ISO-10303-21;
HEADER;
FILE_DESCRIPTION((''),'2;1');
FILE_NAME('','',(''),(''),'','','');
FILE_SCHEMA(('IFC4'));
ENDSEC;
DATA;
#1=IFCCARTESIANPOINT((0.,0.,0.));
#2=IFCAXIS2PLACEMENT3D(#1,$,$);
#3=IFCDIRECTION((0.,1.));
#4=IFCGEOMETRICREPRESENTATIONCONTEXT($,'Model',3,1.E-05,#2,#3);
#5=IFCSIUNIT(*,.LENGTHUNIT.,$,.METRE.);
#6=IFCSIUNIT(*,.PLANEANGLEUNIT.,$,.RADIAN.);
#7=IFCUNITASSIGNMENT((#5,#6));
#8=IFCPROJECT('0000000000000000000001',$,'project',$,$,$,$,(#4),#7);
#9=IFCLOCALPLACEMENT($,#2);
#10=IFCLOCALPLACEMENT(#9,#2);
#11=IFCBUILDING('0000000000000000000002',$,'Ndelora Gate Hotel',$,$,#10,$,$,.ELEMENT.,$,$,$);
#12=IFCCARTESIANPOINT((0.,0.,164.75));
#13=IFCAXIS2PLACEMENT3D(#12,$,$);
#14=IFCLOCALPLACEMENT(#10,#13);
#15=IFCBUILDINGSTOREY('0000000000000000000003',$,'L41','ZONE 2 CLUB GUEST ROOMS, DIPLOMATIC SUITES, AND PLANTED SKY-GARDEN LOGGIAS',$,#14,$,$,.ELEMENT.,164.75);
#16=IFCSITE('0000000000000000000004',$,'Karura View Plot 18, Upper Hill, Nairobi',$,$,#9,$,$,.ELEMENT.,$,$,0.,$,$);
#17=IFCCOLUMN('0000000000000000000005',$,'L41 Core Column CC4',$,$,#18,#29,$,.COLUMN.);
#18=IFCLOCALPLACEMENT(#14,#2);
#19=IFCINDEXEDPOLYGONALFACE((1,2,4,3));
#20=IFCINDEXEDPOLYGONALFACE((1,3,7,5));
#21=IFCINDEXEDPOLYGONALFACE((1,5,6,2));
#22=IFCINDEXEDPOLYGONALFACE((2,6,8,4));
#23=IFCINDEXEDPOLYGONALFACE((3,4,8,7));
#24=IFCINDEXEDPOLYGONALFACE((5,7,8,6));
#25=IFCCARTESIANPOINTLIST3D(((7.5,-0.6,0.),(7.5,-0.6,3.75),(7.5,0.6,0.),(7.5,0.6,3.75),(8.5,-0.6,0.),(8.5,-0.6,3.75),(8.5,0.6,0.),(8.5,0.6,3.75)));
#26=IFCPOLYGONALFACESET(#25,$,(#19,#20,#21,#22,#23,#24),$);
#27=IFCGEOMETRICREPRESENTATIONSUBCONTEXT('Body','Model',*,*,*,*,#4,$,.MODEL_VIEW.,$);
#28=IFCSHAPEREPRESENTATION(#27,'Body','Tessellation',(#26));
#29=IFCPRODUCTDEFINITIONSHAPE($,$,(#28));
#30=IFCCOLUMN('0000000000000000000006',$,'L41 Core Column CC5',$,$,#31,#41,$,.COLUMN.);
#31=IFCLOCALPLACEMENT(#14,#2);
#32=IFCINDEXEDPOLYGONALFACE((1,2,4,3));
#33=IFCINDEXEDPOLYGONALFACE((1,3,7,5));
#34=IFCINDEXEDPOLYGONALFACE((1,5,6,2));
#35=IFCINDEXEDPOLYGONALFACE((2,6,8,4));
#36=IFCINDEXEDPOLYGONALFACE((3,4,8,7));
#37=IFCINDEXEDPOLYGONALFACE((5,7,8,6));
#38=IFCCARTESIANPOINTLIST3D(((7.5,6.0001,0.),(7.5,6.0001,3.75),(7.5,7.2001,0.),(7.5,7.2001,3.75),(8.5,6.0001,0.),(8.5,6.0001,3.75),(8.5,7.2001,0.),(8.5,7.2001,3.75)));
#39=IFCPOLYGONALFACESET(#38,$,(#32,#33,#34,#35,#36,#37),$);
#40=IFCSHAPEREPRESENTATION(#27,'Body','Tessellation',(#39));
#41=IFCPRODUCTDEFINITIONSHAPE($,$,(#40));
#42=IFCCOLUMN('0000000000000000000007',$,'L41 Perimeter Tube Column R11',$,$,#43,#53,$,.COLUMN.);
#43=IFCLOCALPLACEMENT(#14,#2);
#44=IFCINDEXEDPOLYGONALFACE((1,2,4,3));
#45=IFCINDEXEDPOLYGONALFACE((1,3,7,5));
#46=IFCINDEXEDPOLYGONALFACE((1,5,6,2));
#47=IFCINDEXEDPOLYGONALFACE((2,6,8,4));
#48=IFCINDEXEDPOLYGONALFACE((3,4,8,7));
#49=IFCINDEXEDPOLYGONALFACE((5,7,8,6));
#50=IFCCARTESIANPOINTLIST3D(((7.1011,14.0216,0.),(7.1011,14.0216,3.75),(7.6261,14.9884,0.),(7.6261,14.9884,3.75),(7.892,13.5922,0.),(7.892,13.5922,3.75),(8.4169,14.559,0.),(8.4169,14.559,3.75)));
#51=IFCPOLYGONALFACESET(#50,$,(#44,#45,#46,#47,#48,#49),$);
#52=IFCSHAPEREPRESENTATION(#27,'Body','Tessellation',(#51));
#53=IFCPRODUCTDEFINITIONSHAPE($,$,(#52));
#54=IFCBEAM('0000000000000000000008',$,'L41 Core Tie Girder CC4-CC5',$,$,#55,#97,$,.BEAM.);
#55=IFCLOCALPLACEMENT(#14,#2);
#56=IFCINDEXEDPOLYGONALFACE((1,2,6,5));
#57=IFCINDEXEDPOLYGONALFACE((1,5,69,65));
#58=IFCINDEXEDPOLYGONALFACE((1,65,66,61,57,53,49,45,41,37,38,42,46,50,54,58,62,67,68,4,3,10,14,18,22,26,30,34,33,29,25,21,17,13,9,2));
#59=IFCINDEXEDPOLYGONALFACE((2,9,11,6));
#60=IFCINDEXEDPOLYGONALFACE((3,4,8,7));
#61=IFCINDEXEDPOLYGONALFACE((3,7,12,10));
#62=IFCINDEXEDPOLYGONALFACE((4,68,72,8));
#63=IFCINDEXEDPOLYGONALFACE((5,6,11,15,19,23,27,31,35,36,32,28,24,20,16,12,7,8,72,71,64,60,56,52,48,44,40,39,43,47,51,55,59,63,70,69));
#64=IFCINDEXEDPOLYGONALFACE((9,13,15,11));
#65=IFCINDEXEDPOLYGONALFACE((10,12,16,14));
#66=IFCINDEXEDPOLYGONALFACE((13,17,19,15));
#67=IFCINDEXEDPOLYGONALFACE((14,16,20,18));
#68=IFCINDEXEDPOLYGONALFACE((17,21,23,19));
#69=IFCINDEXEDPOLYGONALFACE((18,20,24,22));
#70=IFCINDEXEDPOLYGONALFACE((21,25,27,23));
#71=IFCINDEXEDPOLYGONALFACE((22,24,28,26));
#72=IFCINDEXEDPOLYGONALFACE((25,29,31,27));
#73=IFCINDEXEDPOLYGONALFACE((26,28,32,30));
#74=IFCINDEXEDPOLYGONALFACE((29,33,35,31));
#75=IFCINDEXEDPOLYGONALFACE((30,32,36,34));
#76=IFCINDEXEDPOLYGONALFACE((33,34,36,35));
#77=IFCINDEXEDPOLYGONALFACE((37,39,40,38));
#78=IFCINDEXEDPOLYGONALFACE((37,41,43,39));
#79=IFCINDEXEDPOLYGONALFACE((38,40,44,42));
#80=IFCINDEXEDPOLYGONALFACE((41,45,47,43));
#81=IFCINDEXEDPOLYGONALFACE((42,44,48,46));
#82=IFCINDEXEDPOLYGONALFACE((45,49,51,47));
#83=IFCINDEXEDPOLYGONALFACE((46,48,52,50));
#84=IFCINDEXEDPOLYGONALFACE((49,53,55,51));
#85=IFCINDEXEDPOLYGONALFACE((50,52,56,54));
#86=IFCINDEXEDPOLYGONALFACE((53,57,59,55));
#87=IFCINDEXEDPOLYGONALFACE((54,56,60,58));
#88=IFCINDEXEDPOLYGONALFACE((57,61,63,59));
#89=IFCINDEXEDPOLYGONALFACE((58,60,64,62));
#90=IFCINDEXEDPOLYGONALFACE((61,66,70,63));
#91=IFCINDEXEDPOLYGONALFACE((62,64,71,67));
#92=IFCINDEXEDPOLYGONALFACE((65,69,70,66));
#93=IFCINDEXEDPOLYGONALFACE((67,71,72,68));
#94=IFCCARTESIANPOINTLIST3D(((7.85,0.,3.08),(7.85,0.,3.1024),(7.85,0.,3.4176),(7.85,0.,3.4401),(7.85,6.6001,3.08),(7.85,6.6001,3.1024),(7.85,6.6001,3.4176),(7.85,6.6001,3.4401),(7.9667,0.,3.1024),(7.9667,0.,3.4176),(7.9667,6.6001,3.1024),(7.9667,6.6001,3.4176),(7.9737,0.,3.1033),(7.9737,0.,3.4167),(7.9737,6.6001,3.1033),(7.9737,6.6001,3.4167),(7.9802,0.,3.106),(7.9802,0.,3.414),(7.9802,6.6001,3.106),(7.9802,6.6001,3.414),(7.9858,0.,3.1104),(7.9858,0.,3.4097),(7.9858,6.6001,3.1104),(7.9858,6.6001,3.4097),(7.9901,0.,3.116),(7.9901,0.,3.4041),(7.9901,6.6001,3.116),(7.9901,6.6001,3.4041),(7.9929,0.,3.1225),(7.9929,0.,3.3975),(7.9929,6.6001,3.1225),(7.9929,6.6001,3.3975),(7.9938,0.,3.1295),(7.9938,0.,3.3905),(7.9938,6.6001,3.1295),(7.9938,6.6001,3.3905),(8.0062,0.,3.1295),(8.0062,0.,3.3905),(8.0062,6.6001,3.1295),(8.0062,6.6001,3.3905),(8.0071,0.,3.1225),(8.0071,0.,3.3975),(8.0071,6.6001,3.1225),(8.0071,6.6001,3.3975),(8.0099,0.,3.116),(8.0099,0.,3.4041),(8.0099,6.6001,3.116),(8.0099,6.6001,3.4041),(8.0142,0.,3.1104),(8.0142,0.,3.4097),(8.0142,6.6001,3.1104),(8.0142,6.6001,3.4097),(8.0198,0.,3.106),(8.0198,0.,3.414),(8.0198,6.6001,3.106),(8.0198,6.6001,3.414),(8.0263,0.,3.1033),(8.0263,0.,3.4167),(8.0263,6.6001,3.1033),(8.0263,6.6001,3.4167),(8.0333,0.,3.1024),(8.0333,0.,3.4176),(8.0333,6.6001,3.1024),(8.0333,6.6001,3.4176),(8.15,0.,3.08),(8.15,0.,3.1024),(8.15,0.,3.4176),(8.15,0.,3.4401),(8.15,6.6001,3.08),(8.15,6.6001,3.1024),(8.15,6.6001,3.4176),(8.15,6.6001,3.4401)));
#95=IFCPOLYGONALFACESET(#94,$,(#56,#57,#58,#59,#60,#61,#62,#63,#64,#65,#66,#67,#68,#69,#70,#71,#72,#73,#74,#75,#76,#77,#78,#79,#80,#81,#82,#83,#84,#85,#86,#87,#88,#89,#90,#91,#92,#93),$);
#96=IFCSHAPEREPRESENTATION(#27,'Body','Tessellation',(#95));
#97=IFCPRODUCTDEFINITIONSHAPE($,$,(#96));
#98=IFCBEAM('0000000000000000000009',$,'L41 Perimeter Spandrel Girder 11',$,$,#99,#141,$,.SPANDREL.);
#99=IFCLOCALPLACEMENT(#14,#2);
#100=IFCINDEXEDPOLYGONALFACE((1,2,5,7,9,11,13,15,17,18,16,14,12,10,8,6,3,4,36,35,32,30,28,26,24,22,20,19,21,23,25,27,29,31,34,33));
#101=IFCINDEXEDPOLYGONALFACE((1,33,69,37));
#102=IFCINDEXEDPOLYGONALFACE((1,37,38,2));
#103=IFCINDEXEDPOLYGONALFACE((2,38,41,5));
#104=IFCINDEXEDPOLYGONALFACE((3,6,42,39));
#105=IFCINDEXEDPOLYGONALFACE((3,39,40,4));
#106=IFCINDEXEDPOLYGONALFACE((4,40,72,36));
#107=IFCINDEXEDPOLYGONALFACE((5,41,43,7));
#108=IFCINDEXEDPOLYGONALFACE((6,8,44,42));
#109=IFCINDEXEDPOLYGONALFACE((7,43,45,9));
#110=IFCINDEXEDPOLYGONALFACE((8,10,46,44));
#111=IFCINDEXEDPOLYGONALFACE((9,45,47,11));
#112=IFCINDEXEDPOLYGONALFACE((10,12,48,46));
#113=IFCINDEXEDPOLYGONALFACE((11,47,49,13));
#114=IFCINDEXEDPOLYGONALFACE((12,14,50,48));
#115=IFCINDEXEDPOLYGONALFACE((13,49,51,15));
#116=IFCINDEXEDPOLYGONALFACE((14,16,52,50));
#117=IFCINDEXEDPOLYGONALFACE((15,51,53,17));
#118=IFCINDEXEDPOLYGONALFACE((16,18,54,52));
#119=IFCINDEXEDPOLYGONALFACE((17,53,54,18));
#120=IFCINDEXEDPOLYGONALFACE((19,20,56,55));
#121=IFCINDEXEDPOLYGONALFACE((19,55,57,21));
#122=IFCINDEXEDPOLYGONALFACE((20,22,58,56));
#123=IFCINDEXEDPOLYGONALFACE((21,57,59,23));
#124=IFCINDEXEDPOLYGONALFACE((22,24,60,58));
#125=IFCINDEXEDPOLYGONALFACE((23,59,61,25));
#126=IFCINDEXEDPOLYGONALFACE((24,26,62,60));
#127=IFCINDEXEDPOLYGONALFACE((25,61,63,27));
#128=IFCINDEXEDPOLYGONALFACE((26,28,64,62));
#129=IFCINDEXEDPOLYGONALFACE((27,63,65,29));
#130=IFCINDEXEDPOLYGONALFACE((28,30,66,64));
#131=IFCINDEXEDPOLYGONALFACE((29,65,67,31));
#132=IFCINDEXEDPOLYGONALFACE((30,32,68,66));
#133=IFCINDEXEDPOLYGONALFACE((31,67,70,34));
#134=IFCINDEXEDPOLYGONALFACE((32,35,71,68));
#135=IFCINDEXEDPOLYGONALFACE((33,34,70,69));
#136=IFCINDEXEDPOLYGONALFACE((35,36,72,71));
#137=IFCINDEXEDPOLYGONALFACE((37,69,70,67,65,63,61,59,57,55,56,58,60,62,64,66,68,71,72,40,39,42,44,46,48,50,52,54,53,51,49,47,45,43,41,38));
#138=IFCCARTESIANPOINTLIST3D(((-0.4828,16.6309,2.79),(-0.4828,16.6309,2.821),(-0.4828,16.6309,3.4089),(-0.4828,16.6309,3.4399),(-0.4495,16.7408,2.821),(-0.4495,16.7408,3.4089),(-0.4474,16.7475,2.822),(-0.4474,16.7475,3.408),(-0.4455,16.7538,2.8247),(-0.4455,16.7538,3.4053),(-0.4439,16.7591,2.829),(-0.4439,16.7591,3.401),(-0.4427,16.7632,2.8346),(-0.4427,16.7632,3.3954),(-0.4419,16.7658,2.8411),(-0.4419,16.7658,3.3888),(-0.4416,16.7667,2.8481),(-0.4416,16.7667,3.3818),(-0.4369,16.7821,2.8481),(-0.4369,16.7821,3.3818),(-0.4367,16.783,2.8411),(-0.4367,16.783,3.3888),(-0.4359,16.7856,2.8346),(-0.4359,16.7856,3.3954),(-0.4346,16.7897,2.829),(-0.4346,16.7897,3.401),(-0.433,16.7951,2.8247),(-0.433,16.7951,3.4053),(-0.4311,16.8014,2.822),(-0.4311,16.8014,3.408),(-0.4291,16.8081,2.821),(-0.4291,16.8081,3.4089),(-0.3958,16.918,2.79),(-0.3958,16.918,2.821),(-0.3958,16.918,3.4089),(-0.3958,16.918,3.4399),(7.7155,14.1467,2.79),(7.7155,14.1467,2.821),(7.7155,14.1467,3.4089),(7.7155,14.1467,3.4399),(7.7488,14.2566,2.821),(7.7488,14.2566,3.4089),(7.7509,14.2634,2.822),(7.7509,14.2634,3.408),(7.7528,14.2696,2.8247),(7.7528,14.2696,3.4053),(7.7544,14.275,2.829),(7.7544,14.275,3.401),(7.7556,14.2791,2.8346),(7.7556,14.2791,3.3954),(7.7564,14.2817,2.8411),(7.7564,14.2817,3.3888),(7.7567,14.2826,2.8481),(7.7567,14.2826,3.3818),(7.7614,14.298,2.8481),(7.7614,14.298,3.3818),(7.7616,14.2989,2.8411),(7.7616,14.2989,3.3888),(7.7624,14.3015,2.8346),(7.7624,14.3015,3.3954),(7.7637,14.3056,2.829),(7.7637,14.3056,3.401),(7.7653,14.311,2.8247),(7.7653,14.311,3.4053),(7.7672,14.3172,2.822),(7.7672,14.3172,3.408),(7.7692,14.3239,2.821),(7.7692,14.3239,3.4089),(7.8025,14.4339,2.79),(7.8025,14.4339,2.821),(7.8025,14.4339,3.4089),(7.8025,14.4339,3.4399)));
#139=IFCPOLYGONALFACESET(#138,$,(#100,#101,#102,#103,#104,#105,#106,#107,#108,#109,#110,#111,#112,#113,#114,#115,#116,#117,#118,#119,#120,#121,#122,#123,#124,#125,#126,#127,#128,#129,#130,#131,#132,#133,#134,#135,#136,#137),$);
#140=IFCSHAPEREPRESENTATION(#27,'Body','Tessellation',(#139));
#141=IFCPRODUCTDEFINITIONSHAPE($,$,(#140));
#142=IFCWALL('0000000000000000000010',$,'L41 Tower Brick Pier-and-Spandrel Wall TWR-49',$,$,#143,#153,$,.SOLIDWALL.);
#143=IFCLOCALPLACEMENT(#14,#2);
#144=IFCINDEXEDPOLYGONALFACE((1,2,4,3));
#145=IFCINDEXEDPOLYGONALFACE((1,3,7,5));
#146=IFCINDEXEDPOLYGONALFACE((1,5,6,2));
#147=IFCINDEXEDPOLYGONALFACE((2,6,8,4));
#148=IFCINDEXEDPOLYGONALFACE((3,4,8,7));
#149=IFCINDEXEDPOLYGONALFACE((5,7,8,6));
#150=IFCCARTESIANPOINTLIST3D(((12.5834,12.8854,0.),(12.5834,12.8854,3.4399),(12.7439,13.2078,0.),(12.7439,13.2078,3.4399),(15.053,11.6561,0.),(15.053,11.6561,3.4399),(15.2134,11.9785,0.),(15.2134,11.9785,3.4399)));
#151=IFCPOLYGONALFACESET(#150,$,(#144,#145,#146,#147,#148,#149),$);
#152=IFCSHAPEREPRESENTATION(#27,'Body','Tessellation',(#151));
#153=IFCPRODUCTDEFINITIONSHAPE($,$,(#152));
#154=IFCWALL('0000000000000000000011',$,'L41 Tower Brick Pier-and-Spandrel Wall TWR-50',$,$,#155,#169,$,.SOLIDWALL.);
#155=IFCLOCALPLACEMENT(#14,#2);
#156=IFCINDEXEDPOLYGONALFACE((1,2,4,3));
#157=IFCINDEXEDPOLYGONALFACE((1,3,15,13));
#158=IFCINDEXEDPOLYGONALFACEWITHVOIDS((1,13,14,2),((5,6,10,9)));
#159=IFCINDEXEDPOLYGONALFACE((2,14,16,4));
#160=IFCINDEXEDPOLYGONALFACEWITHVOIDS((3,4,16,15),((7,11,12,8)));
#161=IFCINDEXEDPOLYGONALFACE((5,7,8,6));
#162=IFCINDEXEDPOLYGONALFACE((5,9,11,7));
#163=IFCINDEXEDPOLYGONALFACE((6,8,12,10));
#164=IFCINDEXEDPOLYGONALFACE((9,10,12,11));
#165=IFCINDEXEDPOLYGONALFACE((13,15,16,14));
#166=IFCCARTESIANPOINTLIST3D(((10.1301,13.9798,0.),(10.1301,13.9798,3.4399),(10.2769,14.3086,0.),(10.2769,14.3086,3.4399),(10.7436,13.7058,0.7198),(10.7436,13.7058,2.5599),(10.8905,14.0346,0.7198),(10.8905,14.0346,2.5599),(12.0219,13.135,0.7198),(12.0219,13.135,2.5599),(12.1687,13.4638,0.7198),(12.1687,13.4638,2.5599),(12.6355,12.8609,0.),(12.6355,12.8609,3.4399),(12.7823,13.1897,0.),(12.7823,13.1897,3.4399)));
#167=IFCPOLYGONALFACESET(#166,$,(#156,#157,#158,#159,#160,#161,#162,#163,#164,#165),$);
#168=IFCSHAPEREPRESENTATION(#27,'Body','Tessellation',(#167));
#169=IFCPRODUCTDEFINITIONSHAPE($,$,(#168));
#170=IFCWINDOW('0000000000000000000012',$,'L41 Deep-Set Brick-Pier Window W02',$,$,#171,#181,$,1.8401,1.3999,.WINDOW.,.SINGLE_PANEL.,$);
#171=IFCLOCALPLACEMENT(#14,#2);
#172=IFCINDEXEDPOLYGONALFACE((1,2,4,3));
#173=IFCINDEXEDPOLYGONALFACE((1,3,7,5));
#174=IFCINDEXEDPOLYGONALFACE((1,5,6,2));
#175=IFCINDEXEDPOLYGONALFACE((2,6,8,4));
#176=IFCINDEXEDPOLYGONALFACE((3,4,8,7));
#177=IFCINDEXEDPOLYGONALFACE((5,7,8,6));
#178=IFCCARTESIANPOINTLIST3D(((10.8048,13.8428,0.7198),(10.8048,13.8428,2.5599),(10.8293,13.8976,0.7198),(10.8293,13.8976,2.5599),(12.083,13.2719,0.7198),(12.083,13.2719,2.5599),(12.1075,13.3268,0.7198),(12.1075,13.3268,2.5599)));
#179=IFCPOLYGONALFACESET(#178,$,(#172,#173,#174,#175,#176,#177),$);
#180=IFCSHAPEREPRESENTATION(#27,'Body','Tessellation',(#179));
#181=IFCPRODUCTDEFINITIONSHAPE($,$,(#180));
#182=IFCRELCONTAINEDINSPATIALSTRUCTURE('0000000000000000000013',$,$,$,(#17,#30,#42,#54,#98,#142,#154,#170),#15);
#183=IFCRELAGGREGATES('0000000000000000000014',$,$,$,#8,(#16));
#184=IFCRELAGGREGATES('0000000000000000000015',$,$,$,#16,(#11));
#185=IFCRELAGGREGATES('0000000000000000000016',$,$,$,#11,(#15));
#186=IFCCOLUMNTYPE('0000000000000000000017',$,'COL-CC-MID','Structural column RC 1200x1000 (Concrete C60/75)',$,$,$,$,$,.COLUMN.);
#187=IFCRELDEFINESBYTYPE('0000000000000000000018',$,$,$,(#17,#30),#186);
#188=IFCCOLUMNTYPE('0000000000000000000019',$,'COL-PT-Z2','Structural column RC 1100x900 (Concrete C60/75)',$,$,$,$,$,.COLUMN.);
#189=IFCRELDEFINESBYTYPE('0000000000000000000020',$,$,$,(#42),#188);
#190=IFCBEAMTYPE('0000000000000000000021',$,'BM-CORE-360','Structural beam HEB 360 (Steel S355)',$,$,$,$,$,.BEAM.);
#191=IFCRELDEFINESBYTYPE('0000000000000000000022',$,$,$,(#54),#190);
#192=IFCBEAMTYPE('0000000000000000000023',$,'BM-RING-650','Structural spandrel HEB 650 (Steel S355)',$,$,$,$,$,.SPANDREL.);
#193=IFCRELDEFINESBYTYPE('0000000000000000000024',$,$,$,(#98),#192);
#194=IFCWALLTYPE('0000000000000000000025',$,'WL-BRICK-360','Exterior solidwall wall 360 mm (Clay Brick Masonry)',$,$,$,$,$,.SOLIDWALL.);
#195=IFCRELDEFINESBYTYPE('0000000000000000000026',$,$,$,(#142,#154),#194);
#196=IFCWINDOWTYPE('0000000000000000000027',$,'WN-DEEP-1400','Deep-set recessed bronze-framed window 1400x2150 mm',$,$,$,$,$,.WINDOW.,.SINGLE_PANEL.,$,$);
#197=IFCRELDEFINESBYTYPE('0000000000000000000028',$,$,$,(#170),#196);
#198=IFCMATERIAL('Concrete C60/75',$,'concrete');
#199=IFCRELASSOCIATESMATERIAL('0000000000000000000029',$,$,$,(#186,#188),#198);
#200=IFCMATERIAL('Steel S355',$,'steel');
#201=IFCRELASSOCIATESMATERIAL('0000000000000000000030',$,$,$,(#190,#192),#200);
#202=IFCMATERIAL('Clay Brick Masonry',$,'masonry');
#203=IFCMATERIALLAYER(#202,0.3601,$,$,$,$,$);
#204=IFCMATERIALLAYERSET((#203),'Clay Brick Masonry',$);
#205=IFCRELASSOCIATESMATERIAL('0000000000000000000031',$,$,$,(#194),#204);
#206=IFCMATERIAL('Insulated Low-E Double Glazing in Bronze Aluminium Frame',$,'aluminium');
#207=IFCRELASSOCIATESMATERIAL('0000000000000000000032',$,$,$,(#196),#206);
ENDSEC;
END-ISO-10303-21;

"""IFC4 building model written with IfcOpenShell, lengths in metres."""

from ifc_helpers import new_model, si_unit, direction, frame, frame_2d, origin, origin_2d, place, context, subcontext, project, spatial, rectangle, i_section, extrude, material, layer, layer_set, material_profile, profile_set, type_object, element, fill, save


model = new_model("IFC4")

# Units and contexts
model_context = context("Model", 3, precision=1e-05, world=origin(), true_north=direction((0.0, 1.0)))
body_context = subcontext(model_context, "Body", "Model", "MODEL_VIEW")
ifc_project = project(units=[si_unit("LENGTHUNIT", "METRE"), si_unit("PLANEANGLEUNIT", "RADIAN")], contexts=[model_context])

# Site, building, storey
site_placement = place(None, origin())
site = spatial("IfcSite", under=ifc_project, at=site_placement, Name="Karura View Plot 18, Upper Hill, Nairobi", CompositionType="ELEMENT", RefElevation=0.0)
building_placement = place(site_placement, origin())
building = spatial("IfcBuilding", under=site, at=building_placement, Name="Ndelora Gate Hotel", CompositionType="ELEMENT")
storey_placement = place(building_placement, frame((0.0, 0.0, 164.75)))
storey = spatial("IfcBuildingStorey", under=building, at=storey_placement, Name="L41", Description="ZONE 2 CLUB GUEST ROOMS, DIPLOMATIC SUITES, AND PLANTED SKY-GARDEN LOGGIAS", CompositionType="ELEMENT", Elevation=164.75)

# Columns
ifc_material_1 = material(Name="Concrete C60/75", Category="concrete")
ifc_material_profile_1 = material_profile(ifc_material_1, rectangle(XDim=1.0, YDim=1.2, at=origin_2d()), Name="RC 1200x1000")
ifc_profile_set_1 = profile_set([ifc_material_profile_1], Name="Concrete C60/75")
column_type_1 = type_object("IfcColumnType", Name="COL-CC-MID", Description="Structural column RC 1200x1000 (Concrete C60/75)", PredefinedType="COLUMN", material=ifc_profile_set_1)
for number, where, z_axis, x_axis, name in (
    (1, (8.0, 0.0, 0.0), (0.0, 0.0, 1.0), (1.0, 0.0, 0.0), "L41 Core Column CC4"),
    (2, (8.0, 6.6001, 0.0), (0.0, 0.0, 1.0), (1.0, 0.0, 0.0), "L41 Core Column CC5"),
):
    element("IfcColumn", number, at=place(storey_placement, frame(where, z_axis=z_axis, x_axis=x_axis)), inside=storey, type_object=column_type_1, Name=name, PredefinedType="COLUMN", context=body_context, shape_type="SweptSolid", body=[
        extrude(rectangle(XDim=1.0, YDim=1.2, at=origin_2d()), origin(), (0.0, 0.0, 1.0), 3.75),
    ])
ifc_material_profile_2 = material_profile(ifc_material_1, rectangle(XDim=0.8999, YDim=1.1001, at=origin_2d()), Name="RC 1100x900")
ifc_profile_set_2 = profile_set([ifc_material_profile_2], Name="Concrete C60/75")
column_type_2 = type_object("IfcColumnType", Name="COL-PT-Z2", Description="Structural column RC 1100x900 (Concrete C60/75)", PredefinedType="COLUMN", material=ifc_profile_set_2)
column_placement = place(storey_placement, frame((7.759, 14.2903, 0.0), z_axis=(0.0, 0.0, 1.0), x_axis=(-0.878817, 0.477159, 0.0)))
element("IfcColumn", 3, at=column_placement, inside=storey, type_object=column_type_2, Name="L41 Perimeter Tube Column R11", PredefinedType="COLUMN", context=body_context, shape_type="SweptSolid", body=[
    extrude(rectangle(XDim=0.8999, YDim=1.1001, at=origin_2d()), origin(), (0.0, 0.0, 1.0), 3.75),
])

# Beams
ifc_material_2 = material(Name="Steel S355", Category="steel")
ifc_material_profile_3 = material_profile(ifc_material_2, i_section(OverallWidth=0.3, OverallDepth=0.3601, WebThickness=0.0125, FlangeThickness=0.0225, FilletRadius=0.0271, at=origin_2d()), Name="HEB 360")
ifc_profile_set_3 = profile_set([ifc_material_profile_3], Name="Steel S355")
beam_type_1 = type_object("IfcBeamType", Name="BM-CORE-360", Description="Structural beam HEB 360 (Steel S355)", PredefinedType="BEAM", material=ifc_profile_set_3)
beam_1_placement = place(storey_placement, frame((8.0, 0.0, 3.26), z_axis=(0.0, 1.0, 0.0), x_axis=(-1.0, 0.0, 0.0)))
element("IfcBeam", 4, at=beam_1_placement, inside=storey, type_object=beam_type_1, Name="L41 Core Tie Girder CC4-CC5", PredefinedType="BEAM", context=body_context, shape_type="SweptSolid", body=[
    extrude(i_section(OverallWidth=0.3, OverallDepth=0.3601, WebThickness=0.0125, FlangeThickness=0.0225, FilletRadius=0.0271, at=origin_2d()), origin(), (0.0, 0.0, 1.0), 6.6001),
])
ifc_material_profile_4 = material_profile(ifc_material_2, i_section(OverallWidth=0.3, OverallDepth=0.6499, WebThickness=0.0161, FlangeThickness=0.031, FilletRadius=0.0271, at=origin_2d()), Name="HEB 650")
ifc_profile_set_4 = profile_set([ifc_material_profile_4], Name="Steel S355")
beam_type_2 = type_object("IfcBeamType", Name="BM-RING-650", Description="Structural spandrel HEB 650 (Steel S355)", PredefinedType="SPANDREL", material=ifc_profile_set_4)
beam_2_placement = place(storey_placement, frame((7.759, 14.2903, 3.115), z_axis=(-0.95703, 0.289988, 0.0), x_axis=(-0.289988, -0.95703, 0.0)))
element("IfcBeam", 5, at=beam_2_placement, inside=storey, type_object=beam_type_2, Name="L41 Perimeter Spandrel Girder 11", PredefinedType="SPANDREL", context=body_context, shape_type="SweptSolid", body=[
    extrude(i_section(OverallWidth=0.3, OverallDepth=0.6499, WebThickness=0.0161, FlangeThickness=0.031, FilletRadius=0.0271, at=origin_2d()), origin(), (0.0, 0.0, 1.0), 8.5664),
])

# Wall
ifc_material_3 = material(Name="Clay Brick Masonry", Category="masonry")
ifc_layer_1 = layer(ifc_material_3, 0.3601)
ifc_layer_set_1 = layer_set([ifc_layer_1], Name="Clay Brick Masonry")
wall_type_1 = type_object("IfcWallType", Name="WL-BRICK-360", Description="Exterior solidwall wall 360 mm (Clay Brick Masonry)", PredefinedType="SOLIDWALL", material=ifc_layer_set_1)
wall_1_placement = place(storey_placement, frame((12.6636, 13.0466, 0.0), z_axis=(0.0, 0.0, 1.0), x_axis=(0.895222, -0.44562, 0.0)))
element("IfcWall", 6, at=wall_1_placement, inside=storey, type_object=wall_type_1, Name="L41 Tower Brick Pier-and-Spandrel Wall TWR-49", PredefinedType="SOLIDWALL", context=body_context, shape_type="SweptSolid", body=[
    extrude(rectangle(XDim=2.7585, YDim=0.3601, at=frame_2d((1.3794, 0.0))), origin(), (0.0, 0.0, 1.0), 3.4399),
])

# Wall, opening, window
wall_2_placement = place(storey_placement, frame((10.2034, 14.1443, 0.0), z_axis=(0.0, 0.0, 1.0), x_axis=(0.91308, -0.407781, 0.0)))
wall_2 = element("IfcWall", 7, at=wall_2_placement, inside=storey, type_object=wall_type_1, Name="L41 Tower Brick Pier-and-Spandrel Wall TWR-50", PredefinedType="SOLIDWALL", context=body_context, shape_type="SweptSolid", body=[
    extrude(rectangle(XDim=2.7439, YDim=0.3601, at=frame_2d((1.3721, 0.0))), origin(), (0.0, 0.0, 1.0), 3.4399),
])
opening_1_placement = place(wall_2_placement, frame((0.6721, 0.0, 0.72)))
opening_1 = element("IfcOpeningElement", 8, at=opening_1_placement, cuts=wall_2, PredefinedType="OPENING", context=body_context, shape_type="SweptSolid", body=[
    extrude(rectangle(XDim=1.3999, YDim=1.8401, at=frame_2d((0.7, 0.9199))), frame((0.0, 0.1899, 0.0), z_axis=(0.0, -1.0, 0.0), x_axis=(1.0, 0.0, 0.0)), (0.0, 0.0, 1.0), 0.3801),
])
ifc_material_4 = material(Name="Insulated Low-E Double Glazing in Bronze Aluminium Frame", Category="aluminium")
window_type = type_object("IfcWindowType", Name="WN-DEEP-1400", Description="Deep-set recessed bronze-framed window 1400x2150 mm", PartitioningType="SINGLE_PANEL", PredefinedType="WINDOW", material=ifc_material_4)
window_placement = place(opening_1_placement, origin())
window = element("IfcWindow", 9, at=window_placement, inside=storey, type_object=window_type, Name="L41 Deep-Set Brick-Pier Window W02", OverallHeight=1.8401, OverallWidth=1.3999, PartitioningType="SINGLE_PANEL", PredefinedType="WINDOW", context=body_context, shape_type="SweptSolid", body=[
    extrude(rectangle(XDim=1.3999, YDim=1.8401, at=frame_2d((0.7, 0.9199))), frame((0.0, 0.03, 0.0), z_axis=(0.0, -1.0, 0.0), x_axis=(1.0, 0.0, 0.0)), (0.0, 0.0, 1.0), 0.0601),
])
fill(opening_1, window)

save(model, "model.ifc")
